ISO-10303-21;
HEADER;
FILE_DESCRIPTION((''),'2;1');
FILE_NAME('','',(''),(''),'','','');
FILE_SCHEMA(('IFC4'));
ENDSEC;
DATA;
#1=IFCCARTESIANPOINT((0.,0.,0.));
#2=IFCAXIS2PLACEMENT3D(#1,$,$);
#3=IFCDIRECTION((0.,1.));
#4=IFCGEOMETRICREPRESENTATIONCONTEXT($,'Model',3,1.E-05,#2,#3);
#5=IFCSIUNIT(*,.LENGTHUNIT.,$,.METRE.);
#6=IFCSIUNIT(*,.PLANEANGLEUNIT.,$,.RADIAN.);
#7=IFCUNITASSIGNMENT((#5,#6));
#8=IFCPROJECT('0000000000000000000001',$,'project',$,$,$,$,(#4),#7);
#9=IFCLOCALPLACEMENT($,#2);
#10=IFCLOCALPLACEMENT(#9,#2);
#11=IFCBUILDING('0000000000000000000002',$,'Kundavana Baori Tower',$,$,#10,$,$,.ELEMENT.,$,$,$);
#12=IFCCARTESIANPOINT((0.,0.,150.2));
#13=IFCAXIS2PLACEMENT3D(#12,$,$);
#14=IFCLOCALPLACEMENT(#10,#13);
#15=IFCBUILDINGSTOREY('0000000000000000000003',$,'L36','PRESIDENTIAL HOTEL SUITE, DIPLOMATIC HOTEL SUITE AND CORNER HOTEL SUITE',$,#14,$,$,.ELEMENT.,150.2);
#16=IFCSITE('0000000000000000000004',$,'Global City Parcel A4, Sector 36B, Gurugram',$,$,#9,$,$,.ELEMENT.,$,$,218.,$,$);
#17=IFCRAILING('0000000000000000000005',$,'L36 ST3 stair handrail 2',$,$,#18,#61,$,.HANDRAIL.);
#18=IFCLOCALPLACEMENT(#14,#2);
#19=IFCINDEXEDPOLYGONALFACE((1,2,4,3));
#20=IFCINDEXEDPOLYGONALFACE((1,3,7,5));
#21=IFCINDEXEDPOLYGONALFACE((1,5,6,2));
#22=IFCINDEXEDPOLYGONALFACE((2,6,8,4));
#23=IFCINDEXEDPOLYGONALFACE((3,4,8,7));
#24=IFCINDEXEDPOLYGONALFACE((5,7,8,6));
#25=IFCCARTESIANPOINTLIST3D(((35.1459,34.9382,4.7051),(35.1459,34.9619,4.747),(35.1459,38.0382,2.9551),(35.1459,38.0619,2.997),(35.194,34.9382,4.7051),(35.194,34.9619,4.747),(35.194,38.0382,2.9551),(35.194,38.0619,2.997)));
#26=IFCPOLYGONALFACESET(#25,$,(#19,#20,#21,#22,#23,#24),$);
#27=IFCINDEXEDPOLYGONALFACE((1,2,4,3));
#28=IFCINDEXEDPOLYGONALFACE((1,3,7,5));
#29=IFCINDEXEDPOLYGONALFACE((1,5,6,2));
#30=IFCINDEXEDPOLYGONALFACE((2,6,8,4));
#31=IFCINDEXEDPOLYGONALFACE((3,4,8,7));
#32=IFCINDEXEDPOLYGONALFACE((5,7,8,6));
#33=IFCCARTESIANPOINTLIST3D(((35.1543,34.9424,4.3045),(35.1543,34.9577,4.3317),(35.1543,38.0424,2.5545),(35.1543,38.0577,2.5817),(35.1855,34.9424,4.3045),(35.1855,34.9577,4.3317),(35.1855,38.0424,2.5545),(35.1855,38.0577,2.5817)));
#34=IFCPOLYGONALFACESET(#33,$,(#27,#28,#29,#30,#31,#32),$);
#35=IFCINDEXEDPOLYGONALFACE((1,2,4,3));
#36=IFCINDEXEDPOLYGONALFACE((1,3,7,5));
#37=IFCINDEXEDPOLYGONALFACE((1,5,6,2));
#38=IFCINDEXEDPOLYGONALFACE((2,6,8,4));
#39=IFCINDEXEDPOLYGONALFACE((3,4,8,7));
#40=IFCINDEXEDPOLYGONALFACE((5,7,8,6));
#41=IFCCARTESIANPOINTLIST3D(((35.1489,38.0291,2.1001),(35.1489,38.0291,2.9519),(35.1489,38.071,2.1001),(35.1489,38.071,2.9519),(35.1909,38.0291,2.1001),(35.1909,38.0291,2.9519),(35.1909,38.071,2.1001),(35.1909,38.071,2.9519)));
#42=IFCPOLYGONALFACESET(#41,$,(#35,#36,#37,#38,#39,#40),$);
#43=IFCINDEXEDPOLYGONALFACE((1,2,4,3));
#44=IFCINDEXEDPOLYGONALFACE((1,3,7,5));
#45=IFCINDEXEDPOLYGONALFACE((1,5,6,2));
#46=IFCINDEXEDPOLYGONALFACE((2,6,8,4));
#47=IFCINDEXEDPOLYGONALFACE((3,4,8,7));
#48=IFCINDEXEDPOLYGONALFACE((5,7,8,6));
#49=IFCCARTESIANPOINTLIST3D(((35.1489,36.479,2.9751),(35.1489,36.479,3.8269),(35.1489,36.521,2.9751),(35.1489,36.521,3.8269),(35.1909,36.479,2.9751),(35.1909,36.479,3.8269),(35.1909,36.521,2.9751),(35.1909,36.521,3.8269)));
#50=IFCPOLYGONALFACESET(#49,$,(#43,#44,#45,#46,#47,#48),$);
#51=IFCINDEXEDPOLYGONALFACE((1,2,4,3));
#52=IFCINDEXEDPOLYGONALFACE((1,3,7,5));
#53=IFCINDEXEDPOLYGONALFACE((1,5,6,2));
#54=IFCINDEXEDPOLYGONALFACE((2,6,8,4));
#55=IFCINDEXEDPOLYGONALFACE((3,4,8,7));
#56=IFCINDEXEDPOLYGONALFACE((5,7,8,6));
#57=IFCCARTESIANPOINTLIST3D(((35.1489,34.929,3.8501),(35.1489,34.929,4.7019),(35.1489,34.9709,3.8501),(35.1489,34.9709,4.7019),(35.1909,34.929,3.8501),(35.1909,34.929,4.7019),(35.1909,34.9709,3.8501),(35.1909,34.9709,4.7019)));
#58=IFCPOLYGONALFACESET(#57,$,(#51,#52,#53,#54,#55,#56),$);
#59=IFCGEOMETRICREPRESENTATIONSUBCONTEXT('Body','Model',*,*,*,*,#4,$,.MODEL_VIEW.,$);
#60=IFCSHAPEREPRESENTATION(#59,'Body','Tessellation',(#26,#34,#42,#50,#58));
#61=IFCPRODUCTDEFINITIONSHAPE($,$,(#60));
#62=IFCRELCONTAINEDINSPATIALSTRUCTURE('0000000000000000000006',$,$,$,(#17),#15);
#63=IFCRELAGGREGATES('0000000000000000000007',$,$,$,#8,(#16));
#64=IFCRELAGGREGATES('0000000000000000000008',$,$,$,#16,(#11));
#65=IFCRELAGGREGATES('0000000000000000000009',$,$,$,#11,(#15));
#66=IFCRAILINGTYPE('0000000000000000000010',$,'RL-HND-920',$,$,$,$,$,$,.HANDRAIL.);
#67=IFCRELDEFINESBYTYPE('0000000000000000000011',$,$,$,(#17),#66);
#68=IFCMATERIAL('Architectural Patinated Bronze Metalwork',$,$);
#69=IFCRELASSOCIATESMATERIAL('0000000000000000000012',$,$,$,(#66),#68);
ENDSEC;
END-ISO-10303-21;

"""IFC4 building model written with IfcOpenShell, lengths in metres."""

from ifc_helpers import new_model, si_unit, direction, frame, origin, origin_2d, place, context, subcontext, project, spatial, rectangle, extrude, material, type_object, element, save


model = new_model("IFC4")

# Units and contexts
model_context = context("Model", 3, precision=1e-05, world=origin(), true_north=direction((0.0, 1.0)))
body_context = subcontext(model_context, "Body", "Model", "MODEL_VIEW")
ifc_project = project(units=[si_unit("LENGTHUNIT", "METRE"), si_unit("PLANEANGLEUNIT", "RADIAN")], contexts=[model_context])

# Site, building, storey
site_placement = place(None, origin())
site = spatial("IfcSite", under=ifc_project, at=site_placement, Name="Global City Parcel A4, Sector 36B, Gurugram", CompositionType="ELEMENT", RefElevation=218.0)
building_placement = place(site_placement, origin())
building = spatial("IfcBuilding", under=site, at=building_placement, Name="Kundavana Baori Tower", CompositionType="ELEMENT")
storey_placement = place(building_placement, frame((0.0, 0.0, 150.2)))
storey = spatial("IfcBuildingStorey", under=building, at=storey_placement, Name="L36", Description="PRESIDENTIAL HOTEL SUITE, DIPLOMATIC HOTEL SUITE AND CORNER HOTEL SUITE", CompositionType="ELEMENT", Elevation=150.2)

# Railing
ifc_material_1 = material(Name="Architectural Patinated Bronze Metalwork")
railing_type_1 = type_object("IfcRailingType", Name="RL-HND-920", PredefinedType="HANDRAIL", material=ifc_material_1)
railing_1_placement = place(storey_placement, frame((35.1699, 38.05, 2.1001)))
element("IfcRailing", 1, at=railing_1_placement, inside=storey, type_object=railing_type_1, Name="L36 ST3 stair handrail 2", PredefinedType="HANDRAIL", context=body_context, shape_type="SweptSolid", body=[
    extrude(rectangle(XDim=0.0481, YDim=0.0481, at=origin_2d()), frame((0.0, 0.0, 0.876), z_axis=(0.0, -0.870831, 0.491583), x_axis=(1.0, 0.0, 0.0)), (0.0, 0.0, 1.0), 3.5598),
    extrude(rectangle(XDim=0.0312, YDim=0.0312, at=origin_2d()), frame((0.0, 0.0, 0.468), z_axis=(0.0, -0.870831, 0.491583), x_axis=(1.0, 0.0, 0.0)), (0.0, 0.0, 1.0), 3.5598),
    extrude(rectangle(XDim=0.042, YDim=0.042, at=origin_2d()), origin(), (0.0, 0.0, 1.0), 0.8518),
    extrude(rectangle(XDim=0.042, YDim=0.042, at=origin_2d()), frame((0.0, -1.55, 0.875)), (0.0, 0.0, 1.0), 0.8518),
    extrude(rectangle(XDim=0.042, YDim=0.042, at=origin_2d()), frame((0.0, -3.1001, 1.75)), (0.0, 0.0, 1.0), 0.8518),
])

save(model, "model.ifc")
